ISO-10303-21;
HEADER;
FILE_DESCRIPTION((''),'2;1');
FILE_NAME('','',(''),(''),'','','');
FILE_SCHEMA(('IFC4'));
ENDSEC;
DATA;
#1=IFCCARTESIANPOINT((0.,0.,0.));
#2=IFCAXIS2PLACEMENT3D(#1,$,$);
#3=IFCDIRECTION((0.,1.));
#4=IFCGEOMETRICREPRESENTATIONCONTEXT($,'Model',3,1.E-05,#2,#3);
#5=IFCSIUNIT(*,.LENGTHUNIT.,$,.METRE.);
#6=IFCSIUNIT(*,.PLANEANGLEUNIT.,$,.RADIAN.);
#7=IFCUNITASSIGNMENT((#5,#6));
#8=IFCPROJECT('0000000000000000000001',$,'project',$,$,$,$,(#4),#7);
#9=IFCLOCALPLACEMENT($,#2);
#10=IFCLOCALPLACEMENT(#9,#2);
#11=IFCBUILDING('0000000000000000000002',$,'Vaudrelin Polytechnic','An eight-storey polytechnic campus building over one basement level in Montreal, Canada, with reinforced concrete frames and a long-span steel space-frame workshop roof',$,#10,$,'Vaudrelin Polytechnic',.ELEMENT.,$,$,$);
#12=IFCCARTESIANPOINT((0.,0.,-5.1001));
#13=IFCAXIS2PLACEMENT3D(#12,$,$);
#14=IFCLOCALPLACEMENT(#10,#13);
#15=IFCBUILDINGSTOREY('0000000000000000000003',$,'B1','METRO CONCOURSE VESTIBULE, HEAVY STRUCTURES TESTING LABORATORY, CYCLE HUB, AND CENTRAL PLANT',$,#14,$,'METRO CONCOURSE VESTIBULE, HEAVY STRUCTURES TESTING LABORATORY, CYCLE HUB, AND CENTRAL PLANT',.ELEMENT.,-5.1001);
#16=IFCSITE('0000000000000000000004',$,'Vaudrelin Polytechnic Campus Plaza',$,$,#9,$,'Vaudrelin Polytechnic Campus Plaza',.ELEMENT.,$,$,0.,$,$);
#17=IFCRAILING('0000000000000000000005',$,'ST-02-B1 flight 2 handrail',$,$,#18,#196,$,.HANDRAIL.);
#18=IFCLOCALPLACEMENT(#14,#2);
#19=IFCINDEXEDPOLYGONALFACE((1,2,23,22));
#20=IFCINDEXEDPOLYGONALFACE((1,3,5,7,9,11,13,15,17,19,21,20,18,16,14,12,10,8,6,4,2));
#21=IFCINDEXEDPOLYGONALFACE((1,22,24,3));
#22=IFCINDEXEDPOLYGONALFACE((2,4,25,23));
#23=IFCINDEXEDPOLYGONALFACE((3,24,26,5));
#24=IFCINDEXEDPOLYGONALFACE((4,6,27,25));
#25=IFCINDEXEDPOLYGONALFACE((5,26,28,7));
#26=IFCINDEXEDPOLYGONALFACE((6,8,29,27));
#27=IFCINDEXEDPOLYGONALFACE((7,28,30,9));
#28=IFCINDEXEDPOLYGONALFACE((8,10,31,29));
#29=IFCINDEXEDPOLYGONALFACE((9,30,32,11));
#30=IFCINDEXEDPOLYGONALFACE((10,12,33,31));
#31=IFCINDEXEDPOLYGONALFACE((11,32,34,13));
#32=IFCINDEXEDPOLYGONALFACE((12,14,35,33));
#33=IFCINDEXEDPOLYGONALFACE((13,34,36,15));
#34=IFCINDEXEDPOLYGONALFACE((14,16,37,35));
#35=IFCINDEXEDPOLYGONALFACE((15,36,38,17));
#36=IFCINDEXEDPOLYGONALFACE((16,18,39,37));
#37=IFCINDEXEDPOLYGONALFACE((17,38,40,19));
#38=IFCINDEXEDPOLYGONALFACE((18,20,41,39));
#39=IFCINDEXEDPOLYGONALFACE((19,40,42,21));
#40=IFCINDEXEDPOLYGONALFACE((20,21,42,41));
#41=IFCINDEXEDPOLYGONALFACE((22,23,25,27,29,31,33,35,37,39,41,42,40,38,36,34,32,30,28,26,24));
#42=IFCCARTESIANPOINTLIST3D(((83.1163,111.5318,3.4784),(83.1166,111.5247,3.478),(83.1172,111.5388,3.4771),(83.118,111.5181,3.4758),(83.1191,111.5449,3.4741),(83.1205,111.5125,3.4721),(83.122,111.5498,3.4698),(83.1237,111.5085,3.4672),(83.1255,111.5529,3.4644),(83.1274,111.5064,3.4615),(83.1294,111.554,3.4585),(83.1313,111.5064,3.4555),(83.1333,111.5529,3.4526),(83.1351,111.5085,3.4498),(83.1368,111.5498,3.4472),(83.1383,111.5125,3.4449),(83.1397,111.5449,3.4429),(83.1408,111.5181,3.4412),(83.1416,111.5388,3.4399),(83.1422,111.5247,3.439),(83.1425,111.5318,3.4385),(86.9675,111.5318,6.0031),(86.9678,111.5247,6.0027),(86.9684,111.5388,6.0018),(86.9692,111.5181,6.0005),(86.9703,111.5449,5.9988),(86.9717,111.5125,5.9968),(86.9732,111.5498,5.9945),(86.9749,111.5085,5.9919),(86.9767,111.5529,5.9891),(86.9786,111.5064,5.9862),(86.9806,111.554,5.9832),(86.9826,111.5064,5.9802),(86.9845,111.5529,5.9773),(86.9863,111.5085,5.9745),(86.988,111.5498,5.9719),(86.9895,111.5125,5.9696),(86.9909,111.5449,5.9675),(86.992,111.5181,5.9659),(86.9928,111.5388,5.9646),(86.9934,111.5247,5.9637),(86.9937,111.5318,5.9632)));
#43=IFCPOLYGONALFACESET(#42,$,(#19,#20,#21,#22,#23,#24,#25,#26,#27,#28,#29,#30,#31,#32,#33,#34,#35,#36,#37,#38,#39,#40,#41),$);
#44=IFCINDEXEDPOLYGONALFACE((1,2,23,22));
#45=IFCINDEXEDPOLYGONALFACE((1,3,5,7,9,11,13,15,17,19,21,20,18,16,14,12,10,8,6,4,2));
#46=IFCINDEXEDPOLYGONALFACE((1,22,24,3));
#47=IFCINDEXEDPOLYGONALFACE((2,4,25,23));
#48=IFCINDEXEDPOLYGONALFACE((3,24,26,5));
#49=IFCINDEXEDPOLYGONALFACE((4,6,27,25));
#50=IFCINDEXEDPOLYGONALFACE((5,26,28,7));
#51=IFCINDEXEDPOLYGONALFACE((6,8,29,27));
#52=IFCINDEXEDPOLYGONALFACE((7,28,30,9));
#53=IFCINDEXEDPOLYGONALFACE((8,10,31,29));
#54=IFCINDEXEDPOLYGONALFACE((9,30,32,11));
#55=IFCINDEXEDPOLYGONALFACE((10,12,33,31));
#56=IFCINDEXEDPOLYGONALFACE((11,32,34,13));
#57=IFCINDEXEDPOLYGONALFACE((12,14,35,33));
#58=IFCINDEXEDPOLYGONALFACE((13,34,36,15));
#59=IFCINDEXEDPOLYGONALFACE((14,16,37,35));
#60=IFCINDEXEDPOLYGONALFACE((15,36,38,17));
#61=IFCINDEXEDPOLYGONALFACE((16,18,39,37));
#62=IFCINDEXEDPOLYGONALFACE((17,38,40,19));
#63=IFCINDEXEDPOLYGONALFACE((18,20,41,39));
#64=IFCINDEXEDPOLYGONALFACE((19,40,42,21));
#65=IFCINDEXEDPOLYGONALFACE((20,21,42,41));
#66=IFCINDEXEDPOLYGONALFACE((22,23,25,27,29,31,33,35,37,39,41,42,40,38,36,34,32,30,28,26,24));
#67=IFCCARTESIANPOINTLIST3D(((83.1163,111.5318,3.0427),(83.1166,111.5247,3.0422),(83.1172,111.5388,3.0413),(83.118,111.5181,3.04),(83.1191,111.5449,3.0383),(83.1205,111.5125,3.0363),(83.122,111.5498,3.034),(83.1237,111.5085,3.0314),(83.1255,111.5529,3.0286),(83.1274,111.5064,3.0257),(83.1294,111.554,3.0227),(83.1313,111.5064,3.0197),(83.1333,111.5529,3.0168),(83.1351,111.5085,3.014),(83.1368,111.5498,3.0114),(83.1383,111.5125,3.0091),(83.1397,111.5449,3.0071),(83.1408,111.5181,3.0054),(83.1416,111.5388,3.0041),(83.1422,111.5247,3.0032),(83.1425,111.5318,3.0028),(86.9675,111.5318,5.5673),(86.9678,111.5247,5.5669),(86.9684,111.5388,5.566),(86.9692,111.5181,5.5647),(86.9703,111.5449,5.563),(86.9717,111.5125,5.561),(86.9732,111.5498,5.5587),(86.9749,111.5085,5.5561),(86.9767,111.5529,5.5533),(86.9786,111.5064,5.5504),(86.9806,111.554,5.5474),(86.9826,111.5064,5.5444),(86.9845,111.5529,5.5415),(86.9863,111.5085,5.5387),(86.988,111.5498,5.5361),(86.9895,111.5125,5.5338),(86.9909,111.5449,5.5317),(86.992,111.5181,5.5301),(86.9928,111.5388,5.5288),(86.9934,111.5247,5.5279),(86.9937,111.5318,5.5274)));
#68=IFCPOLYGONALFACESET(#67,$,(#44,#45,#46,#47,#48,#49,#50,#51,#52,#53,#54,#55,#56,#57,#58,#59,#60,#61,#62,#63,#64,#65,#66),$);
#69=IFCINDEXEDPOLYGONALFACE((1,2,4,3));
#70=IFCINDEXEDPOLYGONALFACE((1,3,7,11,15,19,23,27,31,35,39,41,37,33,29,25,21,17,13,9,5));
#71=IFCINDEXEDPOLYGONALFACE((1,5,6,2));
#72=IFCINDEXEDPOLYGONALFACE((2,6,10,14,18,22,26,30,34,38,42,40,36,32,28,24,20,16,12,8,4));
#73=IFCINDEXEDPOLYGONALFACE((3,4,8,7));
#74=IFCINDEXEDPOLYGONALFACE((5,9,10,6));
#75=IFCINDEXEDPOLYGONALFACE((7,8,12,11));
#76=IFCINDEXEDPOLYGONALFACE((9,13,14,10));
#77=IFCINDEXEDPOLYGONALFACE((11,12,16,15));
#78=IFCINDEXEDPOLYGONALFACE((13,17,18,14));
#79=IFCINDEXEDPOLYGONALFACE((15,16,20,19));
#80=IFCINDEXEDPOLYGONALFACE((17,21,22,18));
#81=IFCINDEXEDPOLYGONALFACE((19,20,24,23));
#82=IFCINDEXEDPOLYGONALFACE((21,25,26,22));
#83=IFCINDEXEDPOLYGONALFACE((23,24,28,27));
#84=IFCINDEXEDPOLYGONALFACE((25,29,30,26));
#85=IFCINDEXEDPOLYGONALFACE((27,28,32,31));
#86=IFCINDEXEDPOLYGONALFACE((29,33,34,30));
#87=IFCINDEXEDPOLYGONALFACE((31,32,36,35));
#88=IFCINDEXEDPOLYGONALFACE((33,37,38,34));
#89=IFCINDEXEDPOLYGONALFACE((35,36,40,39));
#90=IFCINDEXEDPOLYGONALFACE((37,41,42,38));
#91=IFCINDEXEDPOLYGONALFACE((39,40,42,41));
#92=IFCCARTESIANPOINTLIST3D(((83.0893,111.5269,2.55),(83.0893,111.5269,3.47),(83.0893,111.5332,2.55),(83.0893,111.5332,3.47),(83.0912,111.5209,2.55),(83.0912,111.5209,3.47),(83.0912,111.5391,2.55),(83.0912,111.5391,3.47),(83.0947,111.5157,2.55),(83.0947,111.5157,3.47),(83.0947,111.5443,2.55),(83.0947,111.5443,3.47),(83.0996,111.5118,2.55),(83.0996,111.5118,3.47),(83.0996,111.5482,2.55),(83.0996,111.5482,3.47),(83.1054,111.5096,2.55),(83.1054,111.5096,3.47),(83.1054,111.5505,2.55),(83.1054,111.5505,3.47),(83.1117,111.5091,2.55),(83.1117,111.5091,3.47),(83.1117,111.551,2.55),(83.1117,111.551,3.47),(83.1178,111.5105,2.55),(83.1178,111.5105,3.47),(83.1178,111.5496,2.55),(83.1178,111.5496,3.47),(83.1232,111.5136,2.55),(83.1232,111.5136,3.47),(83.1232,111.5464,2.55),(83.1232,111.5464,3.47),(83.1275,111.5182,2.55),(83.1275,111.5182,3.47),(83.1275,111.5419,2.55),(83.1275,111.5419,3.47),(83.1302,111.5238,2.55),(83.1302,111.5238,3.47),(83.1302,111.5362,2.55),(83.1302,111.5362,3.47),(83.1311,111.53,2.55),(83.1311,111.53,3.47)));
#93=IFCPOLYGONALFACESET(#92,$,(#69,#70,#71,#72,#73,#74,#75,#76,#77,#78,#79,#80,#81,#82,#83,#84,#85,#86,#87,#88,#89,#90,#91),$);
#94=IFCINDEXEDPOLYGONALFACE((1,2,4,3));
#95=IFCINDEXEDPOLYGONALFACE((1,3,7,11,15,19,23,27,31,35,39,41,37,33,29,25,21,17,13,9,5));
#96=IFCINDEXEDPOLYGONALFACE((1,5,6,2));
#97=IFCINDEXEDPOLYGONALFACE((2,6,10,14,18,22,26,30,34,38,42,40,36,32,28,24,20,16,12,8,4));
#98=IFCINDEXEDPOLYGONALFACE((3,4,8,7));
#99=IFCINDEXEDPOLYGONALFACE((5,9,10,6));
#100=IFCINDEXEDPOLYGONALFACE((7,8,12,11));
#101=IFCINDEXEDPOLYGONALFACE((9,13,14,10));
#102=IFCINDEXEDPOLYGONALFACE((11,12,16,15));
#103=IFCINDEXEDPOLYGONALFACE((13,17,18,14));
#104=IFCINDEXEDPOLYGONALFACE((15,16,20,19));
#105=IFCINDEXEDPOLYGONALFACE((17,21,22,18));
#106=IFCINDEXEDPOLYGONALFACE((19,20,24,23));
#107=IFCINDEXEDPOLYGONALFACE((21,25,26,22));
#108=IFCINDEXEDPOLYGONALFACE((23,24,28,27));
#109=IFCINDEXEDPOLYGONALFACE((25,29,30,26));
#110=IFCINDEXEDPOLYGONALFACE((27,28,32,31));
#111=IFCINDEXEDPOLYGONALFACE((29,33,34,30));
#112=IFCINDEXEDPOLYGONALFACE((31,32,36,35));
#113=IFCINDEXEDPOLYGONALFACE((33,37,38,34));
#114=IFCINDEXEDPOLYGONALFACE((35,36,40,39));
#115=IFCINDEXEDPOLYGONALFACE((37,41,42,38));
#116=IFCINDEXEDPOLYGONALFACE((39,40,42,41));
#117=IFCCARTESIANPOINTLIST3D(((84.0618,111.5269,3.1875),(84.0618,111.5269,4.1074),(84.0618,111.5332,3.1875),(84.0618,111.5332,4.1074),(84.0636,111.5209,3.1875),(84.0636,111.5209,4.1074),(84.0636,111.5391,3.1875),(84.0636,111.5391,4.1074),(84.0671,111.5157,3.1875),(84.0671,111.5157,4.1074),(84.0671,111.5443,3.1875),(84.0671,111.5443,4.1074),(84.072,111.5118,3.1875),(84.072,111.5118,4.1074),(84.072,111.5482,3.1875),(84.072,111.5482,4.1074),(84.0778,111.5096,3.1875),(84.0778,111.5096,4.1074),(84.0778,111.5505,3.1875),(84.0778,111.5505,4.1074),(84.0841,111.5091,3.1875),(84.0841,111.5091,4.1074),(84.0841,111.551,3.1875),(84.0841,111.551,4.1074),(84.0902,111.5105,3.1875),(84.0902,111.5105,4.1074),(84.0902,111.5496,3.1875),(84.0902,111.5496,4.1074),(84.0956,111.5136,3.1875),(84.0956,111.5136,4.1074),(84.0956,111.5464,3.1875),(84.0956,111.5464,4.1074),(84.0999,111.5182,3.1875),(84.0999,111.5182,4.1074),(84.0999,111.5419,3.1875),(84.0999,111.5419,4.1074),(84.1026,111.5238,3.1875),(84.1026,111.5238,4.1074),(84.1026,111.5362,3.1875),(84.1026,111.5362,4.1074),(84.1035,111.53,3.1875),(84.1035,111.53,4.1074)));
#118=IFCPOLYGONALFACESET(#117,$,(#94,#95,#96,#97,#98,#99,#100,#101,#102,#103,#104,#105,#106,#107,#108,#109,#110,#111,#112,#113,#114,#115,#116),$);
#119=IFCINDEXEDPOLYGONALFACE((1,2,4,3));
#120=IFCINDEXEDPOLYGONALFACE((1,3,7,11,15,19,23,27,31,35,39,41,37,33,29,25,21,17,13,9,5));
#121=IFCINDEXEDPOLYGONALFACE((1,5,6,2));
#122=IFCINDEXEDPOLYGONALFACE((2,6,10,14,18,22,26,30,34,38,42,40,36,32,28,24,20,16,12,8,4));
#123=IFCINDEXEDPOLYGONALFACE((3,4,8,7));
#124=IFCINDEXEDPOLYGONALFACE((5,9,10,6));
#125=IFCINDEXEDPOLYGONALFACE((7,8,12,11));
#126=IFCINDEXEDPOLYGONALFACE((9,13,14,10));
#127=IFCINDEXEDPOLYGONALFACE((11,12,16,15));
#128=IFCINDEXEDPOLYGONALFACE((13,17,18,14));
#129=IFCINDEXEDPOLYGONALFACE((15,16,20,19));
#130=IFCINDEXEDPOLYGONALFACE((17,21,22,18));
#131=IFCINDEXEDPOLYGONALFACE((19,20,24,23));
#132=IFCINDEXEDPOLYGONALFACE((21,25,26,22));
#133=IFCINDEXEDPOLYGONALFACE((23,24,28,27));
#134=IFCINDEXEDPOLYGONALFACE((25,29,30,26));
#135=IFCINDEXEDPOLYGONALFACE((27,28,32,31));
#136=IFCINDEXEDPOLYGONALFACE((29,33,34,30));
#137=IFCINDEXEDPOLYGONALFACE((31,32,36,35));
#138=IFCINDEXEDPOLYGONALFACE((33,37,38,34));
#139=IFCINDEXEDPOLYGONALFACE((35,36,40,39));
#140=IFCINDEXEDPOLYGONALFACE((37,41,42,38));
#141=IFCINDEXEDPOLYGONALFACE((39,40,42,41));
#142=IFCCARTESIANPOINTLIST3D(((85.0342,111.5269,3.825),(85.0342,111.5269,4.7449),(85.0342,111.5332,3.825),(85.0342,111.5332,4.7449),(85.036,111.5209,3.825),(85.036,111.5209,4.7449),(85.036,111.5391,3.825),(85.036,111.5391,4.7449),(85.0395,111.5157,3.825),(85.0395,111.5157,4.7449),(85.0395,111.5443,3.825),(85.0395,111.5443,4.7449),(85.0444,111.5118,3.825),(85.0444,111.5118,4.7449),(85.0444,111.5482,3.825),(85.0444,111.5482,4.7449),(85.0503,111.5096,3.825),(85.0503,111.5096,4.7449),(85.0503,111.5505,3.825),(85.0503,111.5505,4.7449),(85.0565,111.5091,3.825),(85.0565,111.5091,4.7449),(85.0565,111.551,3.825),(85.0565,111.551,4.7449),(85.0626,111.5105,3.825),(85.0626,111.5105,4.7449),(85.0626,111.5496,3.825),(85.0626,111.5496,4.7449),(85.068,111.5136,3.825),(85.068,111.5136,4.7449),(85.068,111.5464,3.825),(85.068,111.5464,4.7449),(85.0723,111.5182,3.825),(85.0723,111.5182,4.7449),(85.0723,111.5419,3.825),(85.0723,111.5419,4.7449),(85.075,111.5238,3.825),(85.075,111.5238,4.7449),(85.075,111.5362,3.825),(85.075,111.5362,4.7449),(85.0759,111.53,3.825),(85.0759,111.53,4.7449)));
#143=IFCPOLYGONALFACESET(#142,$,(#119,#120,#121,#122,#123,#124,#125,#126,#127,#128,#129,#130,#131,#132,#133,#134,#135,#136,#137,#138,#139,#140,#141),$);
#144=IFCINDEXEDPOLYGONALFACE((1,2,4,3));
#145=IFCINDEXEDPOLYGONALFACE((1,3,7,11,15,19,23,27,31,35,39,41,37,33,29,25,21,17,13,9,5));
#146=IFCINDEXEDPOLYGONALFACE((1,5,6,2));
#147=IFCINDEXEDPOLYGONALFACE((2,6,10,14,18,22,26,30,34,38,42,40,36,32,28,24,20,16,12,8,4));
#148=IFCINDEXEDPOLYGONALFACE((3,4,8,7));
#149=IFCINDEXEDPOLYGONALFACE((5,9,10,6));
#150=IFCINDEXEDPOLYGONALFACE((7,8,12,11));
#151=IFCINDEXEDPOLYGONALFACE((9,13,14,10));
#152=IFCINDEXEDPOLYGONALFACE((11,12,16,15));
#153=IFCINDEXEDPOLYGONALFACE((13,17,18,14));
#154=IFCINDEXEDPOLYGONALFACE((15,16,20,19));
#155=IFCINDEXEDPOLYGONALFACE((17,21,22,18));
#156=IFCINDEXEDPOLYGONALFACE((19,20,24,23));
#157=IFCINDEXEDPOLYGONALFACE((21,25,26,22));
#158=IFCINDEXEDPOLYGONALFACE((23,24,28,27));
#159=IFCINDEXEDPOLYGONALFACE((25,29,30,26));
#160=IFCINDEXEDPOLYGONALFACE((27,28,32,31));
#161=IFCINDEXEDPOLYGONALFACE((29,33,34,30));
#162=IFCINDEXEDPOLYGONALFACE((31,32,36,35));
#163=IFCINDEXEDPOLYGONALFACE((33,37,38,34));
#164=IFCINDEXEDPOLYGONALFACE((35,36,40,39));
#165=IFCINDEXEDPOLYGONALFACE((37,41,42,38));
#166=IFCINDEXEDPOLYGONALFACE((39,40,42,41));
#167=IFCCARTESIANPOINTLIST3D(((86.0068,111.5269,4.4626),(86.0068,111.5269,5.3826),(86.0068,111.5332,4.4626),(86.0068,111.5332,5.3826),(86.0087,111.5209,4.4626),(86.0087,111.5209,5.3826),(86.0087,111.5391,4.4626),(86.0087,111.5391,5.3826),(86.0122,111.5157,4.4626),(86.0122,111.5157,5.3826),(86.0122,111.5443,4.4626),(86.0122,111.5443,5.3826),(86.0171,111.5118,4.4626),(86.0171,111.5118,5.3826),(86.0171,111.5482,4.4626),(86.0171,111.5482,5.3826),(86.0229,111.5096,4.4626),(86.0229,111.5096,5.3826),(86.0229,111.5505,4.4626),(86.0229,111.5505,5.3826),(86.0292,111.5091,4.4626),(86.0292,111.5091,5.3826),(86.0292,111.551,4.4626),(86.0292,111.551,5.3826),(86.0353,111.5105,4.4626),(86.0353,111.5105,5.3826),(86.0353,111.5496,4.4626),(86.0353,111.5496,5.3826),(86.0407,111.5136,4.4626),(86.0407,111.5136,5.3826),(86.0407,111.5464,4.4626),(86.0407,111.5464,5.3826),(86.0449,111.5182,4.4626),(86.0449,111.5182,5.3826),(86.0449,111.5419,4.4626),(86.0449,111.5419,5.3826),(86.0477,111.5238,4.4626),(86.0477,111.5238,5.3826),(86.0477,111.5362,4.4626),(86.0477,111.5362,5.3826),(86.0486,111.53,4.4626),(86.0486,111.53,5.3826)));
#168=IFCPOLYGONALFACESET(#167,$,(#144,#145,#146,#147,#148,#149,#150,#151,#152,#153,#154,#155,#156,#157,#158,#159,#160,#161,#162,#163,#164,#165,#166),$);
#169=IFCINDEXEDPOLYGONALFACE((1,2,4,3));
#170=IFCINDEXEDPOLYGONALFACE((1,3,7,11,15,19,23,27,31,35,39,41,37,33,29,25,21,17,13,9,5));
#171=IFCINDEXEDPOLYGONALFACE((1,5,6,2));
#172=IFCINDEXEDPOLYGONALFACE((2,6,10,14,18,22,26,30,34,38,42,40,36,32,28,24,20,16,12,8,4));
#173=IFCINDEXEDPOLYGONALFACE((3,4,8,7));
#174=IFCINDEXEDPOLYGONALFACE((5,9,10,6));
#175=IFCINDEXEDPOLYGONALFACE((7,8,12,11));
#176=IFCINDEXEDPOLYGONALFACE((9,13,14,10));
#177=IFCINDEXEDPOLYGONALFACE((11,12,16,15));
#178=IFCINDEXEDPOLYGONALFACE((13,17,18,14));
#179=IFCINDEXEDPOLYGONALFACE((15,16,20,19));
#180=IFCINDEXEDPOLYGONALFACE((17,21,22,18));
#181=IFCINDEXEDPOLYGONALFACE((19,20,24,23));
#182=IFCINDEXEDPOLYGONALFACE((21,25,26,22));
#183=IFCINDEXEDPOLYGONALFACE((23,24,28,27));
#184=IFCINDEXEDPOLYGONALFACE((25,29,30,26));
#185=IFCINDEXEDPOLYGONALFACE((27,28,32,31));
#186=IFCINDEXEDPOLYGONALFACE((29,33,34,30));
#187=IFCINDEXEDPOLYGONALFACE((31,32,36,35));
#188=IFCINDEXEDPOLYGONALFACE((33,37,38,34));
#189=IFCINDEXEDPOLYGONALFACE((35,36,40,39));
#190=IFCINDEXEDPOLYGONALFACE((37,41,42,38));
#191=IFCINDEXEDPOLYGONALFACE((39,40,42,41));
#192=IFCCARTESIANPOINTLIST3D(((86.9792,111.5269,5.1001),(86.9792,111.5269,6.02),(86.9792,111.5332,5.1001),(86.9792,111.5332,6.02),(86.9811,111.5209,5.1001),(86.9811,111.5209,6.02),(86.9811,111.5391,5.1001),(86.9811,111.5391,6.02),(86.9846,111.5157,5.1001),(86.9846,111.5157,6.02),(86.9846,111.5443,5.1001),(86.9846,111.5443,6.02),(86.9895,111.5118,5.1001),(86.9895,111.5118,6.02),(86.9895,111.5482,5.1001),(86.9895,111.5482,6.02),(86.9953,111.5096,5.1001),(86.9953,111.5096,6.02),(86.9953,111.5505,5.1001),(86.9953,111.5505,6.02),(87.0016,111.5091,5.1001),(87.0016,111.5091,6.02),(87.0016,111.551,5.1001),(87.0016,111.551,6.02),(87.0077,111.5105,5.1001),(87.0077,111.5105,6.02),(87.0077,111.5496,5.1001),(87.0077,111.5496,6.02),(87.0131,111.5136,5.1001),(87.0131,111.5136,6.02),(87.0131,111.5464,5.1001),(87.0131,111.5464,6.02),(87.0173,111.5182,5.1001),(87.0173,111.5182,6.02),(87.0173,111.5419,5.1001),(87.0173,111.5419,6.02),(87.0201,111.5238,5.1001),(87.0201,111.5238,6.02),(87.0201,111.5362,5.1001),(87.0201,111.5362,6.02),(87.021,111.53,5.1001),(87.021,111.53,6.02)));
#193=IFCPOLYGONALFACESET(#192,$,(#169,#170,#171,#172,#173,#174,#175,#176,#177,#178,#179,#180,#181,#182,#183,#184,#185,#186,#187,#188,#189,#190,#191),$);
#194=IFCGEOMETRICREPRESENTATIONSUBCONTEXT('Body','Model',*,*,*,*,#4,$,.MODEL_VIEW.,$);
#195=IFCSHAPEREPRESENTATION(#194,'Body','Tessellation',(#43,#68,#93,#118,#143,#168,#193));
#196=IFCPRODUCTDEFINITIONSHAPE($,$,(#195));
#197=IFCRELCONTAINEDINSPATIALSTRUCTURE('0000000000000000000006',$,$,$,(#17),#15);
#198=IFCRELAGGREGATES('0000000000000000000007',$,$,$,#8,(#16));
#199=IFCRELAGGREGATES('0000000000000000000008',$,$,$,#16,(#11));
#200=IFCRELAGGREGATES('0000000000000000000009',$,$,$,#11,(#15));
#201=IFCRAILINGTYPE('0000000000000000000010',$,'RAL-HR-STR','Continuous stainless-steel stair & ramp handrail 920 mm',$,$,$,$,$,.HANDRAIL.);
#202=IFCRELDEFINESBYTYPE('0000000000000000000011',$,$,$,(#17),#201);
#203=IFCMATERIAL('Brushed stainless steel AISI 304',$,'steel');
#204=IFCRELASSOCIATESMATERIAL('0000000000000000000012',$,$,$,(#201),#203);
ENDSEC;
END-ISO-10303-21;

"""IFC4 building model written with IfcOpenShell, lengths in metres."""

from ifc_helpers import new_model, si_unit, direction, frame, origin, origin_2d, place, context, subcontext, project, spatial, circle, extrude, material, type_object, element, save


model = new_model("IFC4")

# Units and contexts
model_context = context("Model", 3, precision=1e-05, world=origin(), true_north=direction((0.0, 1.0)))
body_context = subcontext(model_context, "Body", "Model", "MODEL_VIEW")
ifc_project = project(units=[si_unit("LENGTHUNIT", "METRE"), si_unit("PLANEANGLEUNIT", "RADIAN")], contexts=[model_context])

# Site, building, storey
site_placement = place(None, origin())
site = spatial("IfcSite", under=ifc_project, at=site_placement, Name="Vaudrelin Polytechnic Campus Plaza", LongName="Vaudrelin Polytechnic Campus Plaza", CompositionType="ELEMENT", RefElevation=0.0)
building_placement = place(site_placement, origin())
building = spatial("IfcBuilding", under=site, at=building_placement, Name="Vaudrelin Polytechnic", Description="An eight-storey polytechnic campus building over one basement level in Montreal, Canada, with reinforced concrete frames and a long-span steel space-frame workshop roof", LongName="Vaudrelin Polytechnic", CompositionType="ELEMENT")
storey_placement = place(building_placement, frame((0.0, 0.0, -5.1001)))
storey = spatial("IfcBuildingStorey", under=building, at=storey_placement, Name="B1", Description="METRO CONCOURSE VESTIBULE, HEAVY STRUCTURES TESTING LABORATORY, CYCLE HUB, AND CENTRAL PLANT", LongName="METRO CONCOURSE VESTIBULE, HEAVY STRUCTURES TESTING LABORATORY, CYCLE HUB, AND CENTRAL PLANT", CompositionType="ELEMENT", Elevation=-5.1001)

# Shared definitions
ifc_material_1 = material(Name="Brushed stainless steel AISI 304", Category="steel")

# Railing
railing_type_1 = type_object("IfcRailingType", Name="RAL-HR-STR", Description="Continuous stainless-steel stair & ramp handrail 920 mm", PredefinedType="HANDRAIL", material=ifc_material_1)
railing_1_placement = place(storey_placement, frame((83.1101, 111.53, 2.55)))
element("IfcRailing", 1, at=railing_1_placement, inside=storey, type_object=railing_type_1, Name="ST-02-B1 flight 2 handrail", PredefinedType="HANDRAIL", context=body_context, shape_type="SweptSolid", body=[
    extrude(circle(Radius=0.0239, at=origin_2d()), frame((0.0193, 0.0, 0.9084), z_axis=(0.836313, 0.0, 0.548252), x_axis=(0.0, 1.0, 0.0)), (0.0, 0.0, 1.0), 4.605),
    extrude(circle(Radius=0.0239, at=origin_2d()), frame((0.0193, 0.0, 0.4727), z_axis=(0.836313, 0.0, 0.548252), x_axis=(0.0, 1.0, 0.0)), (0.0, 0.0, 1.0), 4.605),
    extrude(circle(Radius=0.021, at=origin_2d()), origin(), (0.0, 0.0, 1.0), 0.9199),
    extrude(circle(Radius=0.021, at=origin_2d()), frame((0.9724, 0.0, 0.6375)), (0.0, 0.0, 1.0), 0.9199),
    extrude(circle(Radius=0.021, at=origin_2d()), frame((1.9448, 0.0, 1.2749)), (0.0, 0.0, 1.0), 0.9199),
    extrude(circle(Radius=0.021, at=origin_2d()), frame((2.9175, 0.0, 1.9126)), (0.0, 0.0, 1.0), 0.9199),
    extrude(circle(Radius=0.021, at=origin_2d()), frame((3.8899, 0.0, 2.55)), (0.0, 0.0, 1.0), 0.9199),
])

save(model, "model.ifc")
